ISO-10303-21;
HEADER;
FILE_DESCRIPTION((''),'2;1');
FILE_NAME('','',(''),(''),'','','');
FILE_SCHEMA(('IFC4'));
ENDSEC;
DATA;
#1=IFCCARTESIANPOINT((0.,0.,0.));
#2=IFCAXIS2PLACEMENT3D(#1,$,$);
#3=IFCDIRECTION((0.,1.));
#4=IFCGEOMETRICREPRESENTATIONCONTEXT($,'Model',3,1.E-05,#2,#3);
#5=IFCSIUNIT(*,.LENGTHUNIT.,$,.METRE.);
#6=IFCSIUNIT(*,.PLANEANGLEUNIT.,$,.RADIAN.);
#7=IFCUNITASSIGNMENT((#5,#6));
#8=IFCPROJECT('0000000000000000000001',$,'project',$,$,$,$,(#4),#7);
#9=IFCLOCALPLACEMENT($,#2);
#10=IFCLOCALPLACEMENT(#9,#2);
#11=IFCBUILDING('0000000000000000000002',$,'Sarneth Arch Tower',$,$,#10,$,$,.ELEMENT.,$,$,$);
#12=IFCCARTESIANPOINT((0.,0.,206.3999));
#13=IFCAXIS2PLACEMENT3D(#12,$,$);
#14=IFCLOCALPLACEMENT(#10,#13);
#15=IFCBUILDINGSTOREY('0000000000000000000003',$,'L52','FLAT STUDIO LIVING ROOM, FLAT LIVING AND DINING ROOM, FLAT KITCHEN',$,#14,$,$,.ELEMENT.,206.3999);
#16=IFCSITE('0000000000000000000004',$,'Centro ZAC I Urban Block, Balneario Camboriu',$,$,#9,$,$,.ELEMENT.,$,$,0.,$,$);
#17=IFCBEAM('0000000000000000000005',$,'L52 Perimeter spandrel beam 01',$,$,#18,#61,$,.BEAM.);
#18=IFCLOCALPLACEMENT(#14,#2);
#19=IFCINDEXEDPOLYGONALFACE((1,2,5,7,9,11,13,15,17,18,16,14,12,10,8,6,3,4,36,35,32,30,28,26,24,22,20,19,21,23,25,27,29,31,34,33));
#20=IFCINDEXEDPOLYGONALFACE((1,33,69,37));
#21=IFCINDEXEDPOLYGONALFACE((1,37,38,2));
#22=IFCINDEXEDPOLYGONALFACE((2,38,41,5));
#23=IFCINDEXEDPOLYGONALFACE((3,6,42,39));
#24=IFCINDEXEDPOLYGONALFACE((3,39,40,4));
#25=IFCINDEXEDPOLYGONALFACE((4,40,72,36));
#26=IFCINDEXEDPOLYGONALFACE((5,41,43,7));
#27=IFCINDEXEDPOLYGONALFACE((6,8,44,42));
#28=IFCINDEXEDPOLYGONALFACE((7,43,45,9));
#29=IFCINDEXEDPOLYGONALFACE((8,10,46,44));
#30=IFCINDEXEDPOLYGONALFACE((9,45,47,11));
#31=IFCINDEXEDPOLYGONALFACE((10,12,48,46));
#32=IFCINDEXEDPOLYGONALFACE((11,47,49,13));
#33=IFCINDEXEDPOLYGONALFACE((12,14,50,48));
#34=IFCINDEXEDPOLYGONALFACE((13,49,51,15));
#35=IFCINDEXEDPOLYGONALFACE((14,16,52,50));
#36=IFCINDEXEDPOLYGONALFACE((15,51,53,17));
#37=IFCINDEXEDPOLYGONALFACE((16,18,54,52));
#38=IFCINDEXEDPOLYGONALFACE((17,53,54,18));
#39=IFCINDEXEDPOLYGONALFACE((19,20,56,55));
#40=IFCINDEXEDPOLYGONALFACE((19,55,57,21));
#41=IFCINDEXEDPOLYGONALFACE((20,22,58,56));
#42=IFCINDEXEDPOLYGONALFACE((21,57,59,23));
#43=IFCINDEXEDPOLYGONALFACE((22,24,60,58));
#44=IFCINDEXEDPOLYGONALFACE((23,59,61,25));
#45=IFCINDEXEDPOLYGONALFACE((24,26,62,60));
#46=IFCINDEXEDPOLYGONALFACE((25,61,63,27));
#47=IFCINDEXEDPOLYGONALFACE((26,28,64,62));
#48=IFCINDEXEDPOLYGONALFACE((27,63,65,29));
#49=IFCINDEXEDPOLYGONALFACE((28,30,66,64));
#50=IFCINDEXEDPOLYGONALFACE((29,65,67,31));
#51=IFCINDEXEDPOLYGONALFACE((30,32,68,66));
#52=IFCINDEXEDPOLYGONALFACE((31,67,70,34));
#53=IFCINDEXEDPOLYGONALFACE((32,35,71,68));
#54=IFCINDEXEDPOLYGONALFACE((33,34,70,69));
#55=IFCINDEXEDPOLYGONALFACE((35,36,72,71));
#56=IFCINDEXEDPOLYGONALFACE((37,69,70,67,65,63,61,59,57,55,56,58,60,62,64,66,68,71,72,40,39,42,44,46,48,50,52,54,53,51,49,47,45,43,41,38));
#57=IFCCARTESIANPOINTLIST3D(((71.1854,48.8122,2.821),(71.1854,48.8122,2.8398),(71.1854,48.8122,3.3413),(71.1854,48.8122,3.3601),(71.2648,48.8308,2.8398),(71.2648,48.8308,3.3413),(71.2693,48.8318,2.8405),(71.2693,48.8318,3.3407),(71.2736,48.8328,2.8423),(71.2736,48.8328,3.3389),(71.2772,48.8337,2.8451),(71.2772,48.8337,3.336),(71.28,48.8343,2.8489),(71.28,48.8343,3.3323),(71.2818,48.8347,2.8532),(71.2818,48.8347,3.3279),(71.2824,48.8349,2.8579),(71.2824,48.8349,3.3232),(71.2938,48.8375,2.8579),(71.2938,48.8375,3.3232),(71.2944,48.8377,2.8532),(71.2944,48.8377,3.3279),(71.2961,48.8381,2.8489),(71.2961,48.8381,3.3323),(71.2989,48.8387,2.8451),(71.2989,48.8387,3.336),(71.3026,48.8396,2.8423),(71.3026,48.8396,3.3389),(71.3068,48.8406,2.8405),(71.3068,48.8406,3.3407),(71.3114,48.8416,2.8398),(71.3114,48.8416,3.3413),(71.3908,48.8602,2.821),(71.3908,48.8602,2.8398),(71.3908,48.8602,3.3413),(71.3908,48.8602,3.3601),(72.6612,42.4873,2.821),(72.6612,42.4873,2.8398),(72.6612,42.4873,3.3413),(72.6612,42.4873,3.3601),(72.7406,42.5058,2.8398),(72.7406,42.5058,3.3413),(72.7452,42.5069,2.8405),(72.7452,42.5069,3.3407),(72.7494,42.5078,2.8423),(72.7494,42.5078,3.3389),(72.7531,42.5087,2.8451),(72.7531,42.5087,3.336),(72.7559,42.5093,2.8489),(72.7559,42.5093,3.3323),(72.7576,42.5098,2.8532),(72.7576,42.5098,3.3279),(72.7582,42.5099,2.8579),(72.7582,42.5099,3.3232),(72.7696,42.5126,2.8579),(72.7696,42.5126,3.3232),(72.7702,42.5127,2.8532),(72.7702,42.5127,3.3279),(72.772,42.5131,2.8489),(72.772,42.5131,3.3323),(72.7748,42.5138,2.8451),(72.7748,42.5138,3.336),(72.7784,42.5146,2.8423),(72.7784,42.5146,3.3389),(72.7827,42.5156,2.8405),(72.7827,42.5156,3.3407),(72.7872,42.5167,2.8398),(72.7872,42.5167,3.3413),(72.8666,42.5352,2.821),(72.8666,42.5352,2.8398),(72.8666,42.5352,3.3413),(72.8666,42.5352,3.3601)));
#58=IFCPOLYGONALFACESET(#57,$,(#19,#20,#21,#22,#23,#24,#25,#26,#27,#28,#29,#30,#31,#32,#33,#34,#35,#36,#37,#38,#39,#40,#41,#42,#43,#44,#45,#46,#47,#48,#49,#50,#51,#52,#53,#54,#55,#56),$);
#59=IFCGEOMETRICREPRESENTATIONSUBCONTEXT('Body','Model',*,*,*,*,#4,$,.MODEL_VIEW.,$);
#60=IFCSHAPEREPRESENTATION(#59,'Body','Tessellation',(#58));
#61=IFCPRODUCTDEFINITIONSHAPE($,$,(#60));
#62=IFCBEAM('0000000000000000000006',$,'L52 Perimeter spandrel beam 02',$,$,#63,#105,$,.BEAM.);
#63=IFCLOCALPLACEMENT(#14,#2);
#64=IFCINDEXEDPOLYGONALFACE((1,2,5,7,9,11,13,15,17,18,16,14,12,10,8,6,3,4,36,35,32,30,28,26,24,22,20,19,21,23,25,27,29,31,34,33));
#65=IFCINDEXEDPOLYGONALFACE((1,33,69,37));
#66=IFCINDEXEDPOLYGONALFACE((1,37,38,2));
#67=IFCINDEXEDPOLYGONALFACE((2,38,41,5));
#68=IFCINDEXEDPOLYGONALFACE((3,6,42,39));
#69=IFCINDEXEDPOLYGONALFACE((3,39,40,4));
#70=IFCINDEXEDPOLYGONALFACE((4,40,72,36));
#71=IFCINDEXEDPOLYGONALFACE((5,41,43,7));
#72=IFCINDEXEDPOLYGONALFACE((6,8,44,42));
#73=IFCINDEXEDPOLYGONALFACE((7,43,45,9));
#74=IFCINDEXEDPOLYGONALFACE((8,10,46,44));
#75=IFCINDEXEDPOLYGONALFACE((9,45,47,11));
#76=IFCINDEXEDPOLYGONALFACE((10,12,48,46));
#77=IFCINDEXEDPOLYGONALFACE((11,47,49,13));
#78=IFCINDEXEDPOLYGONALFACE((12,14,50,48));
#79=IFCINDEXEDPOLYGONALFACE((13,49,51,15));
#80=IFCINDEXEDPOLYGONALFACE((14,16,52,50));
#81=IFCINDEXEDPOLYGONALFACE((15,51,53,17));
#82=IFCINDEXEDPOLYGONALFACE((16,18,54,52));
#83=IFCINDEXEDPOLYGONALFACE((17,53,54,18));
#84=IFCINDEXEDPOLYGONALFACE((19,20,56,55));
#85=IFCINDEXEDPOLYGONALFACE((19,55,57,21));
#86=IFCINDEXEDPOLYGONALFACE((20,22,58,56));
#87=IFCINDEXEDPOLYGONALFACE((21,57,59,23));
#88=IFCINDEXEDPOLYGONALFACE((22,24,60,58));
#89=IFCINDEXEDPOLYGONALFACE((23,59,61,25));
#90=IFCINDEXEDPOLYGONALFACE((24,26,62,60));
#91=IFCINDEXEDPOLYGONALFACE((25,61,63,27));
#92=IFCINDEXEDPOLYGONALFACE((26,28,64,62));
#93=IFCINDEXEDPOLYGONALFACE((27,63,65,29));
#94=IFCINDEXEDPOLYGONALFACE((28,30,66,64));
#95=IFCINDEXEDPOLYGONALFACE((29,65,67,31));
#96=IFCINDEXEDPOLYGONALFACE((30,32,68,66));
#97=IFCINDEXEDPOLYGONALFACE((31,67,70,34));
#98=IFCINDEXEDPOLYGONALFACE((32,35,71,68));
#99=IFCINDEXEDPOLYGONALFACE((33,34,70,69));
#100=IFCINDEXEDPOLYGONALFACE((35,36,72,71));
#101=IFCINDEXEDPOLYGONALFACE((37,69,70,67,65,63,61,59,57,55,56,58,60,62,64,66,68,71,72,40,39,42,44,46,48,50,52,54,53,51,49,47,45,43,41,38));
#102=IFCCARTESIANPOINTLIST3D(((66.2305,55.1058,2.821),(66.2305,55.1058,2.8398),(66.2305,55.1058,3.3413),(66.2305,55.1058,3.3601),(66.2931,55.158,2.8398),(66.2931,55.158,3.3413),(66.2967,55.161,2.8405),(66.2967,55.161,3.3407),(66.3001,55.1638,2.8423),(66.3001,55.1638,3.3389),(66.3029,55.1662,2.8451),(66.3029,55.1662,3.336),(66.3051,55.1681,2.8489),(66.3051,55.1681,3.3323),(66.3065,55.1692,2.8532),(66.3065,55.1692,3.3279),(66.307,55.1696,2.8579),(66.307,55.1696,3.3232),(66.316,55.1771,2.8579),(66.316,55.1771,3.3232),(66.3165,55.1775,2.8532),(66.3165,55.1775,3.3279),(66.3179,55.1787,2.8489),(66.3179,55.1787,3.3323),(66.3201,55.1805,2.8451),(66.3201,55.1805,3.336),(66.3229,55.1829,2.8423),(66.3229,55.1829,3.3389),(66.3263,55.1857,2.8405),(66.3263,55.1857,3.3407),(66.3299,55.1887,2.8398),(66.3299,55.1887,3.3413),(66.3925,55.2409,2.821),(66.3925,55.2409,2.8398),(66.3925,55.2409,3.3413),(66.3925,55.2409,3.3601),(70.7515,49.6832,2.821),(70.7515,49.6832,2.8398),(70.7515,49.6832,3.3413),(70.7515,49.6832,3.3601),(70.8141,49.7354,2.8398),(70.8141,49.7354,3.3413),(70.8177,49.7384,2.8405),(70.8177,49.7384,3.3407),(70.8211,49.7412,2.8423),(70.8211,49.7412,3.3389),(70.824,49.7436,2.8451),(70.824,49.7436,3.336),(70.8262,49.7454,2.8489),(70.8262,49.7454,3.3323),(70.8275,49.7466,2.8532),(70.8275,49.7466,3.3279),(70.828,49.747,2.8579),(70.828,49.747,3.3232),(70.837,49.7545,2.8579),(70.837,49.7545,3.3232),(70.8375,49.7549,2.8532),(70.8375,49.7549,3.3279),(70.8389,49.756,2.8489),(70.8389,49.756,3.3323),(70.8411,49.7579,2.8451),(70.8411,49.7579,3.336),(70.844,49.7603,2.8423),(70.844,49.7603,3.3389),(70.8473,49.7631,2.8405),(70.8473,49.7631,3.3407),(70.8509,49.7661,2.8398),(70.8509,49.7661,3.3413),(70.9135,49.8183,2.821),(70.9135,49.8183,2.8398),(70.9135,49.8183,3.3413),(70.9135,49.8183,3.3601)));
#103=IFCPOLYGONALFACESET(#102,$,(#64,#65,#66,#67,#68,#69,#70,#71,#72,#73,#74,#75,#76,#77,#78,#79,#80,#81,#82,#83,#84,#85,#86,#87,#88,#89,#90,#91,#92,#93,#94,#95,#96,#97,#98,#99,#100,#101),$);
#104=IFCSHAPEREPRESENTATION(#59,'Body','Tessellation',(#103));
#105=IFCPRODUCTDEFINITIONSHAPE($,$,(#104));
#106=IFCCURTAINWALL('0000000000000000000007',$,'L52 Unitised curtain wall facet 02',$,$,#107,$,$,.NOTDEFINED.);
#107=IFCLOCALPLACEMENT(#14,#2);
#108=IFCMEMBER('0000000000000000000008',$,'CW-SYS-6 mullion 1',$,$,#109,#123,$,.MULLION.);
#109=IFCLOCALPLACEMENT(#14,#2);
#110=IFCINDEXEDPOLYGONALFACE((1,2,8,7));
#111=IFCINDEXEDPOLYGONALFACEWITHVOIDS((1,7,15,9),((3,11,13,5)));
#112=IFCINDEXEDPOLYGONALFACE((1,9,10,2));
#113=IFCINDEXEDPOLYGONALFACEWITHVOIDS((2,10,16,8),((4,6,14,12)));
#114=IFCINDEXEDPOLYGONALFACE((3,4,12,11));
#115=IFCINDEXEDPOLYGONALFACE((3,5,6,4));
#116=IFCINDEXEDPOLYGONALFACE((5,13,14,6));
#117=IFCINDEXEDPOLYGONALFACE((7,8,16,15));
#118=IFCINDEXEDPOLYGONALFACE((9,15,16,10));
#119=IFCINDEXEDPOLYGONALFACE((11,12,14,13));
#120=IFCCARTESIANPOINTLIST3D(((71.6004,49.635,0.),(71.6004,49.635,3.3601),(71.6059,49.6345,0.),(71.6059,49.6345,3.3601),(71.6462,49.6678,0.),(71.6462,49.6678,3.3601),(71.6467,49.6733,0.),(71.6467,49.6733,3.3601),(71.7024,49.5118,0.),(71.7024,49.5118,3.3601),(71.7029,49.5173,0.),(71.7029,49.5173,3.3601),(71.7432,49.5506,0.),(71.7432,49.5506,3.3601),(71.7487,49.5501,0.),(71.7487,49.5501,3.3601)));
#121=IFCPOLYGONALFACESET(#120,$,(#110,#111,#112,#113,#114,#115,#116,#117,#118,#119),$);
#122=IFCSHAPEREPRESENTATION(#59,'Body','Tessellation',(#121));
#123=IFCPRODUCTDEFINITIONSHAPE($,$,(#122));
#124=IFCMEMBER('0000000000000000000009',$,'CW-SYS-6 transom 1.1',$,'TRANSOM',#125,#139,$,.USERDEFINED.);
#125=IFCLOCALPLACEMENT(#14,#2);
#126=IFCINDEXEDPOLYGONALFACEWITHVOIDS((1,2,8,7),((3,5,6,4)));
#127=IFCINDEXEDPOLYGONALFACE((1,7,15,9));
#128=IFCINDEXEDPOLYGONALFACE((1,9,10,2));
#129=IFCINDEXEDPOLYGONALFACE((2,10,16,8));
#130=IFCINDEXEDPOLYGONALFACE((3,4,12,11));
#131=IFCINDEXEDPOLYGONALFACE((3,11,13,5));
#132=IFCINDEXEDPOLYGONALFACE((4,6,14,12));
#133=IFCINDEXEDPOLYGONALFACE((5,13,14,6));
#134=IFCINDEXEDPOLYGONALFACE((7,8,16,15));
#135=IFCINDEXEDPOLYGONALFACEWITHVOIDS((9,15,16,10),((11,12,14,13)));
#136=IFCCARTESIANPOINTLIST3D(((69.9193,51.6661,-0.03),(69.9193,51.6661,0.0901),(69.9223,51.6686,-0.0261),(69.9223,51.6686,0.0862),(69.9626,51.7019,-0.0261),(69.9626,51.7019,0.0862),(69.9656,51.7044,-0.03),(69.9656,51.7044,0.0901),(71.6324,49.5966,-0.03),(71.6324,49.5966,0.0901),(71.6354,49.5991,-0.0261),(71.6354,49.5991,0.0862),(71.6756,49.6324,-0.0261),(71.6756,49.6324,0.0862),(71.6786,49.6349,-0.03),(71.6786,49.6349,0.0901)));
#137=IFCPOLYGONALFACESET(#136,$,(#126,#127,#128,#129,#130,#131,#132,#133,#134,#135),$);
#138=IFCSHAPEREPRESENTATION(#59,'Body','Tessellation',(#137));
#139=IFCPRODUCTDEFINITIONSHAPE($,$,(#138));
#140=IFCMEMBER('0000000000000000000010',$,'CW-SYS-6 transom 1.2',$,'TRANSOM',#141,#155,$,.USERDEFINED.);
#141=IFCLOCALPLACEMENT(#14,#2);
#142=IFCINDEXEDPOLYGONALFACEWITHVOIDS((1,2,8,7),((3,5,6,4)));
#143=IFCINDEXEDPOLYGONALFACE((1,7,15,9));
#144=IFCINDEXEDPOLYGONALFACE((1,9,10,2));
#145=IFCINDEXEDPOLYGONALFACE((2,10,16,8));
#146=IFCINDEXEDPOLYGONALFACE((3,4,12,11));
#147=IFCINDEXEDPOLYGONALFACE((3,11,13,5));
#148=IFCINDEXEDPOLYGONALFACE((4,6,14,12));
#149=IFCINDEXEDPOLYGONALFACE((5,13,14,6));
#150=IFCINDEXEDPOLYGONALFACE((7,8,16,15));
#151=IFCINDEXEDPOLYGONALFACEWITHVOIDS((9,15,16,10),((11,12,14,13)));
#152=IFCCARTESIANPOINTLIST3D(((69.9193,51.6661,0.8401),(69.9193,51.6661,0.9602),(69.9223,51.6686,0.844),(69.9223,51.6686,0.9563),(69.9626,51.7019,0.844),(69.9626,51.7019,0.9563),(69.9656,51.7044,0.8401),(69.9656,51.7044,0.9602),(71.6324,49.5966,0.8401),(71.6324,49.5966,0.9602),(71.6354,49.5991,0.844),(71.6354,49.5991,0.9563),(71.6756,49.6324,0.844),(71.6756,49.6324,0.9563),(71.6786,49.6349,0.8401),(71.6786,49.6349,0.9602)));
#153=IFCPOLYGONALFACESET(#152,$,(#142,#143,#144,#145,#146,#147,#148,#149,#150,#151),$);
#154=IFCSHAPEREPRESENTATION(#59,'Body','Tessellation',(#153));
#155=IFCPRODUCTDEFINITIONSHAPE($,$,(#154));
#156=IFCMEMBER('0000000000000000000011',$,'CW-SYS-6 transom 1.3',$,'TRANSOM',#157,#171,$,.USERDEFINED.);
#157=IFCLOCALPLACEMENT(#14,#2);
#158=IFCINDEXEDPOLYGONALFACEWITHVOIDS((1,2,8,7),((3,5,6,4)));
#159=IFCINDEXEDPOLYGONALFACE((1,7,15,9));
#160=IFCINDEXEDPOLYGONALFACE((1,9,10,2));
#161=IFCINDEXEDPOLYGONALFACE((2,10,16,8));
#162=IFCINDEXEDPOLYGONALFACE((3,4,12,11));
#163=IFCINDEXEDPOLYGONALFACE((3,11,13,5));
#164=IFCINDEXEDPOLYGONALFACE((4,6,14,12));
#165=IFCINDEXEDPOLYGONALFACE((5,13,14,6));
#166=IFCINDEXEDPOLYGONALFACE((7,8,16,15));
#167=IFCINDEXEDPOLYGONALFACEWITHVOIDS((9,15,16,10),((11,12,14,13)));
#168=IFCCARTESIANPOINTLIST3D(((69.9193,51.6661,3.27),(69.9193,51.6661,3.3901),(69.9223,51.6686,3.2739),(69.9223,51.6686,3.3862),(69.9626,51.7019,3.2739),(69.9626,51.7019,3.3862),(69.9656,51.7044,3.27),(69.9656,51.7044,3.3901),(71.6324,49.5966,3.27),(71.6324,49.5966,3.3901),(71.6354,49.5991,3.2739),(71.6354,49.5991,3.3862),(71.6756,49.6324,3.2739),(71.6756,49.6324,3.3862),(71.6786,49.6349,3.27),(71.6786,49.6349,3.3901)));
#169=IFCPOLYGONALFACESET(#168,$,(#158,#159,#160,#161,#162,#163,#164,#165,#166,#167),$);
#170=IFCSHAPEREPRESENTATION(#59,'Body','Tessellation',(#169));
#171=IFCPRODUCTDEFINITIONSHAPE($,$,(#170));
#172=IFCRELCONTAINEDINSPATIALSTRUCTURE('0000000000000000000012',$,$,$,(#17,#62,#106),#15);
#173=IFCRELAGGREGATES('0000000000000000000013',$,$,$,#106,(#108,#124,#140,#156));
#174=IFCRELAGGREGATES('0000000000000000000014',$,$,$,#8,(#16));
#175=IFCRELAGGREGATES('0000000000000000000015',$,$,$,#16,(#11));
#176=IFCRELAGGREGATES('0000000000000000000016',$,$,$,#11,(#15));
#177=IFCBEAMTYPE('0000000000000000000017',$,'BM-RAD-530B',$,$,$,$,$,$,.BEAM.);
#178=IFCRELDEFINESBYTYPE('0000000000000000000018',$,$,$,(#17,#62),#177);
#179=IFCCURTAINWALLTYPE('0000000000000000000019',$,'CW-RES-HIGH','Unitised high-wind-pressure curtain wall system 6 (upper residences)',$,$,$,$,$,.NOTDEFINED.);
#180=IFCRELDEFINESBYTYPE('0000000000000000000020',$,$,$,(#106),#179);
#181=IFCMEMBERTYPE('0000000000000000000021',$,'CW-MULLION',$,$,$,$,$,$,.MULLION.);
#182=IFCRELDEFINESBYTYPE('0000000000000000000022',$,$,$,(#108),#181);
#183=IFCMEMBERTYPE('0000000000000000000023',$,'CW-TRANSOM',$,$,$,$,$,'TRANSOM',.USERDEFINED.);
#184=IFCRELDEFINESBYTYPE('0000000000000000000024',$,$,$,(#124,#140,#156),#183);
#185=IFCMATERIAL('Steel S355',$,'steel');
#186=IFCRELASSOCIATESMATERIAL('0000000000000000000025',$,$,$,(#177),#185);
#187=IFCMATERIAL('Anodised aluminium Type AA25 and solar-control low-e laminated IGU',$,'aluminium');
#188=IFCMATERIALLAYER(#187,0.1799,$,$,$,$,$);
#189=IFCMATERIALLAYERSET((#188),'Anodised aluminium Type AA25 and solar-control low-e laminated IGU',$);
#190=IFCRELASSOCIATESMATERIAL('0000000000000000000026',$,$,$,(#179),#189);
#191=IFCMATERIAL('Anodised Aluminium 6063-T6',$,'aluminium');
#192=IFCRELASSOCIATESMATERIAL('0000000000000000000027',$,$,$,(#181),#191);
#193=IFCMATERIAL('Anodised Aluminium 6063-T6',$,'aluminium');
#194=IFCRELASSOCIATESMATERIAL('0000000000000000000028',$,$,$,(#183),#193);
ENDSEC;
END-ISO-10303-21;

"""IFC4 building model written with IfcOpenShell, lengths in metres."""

from ifc_helpers import new_model, si_unit, direction, frame, origin, origin_2d, place, context, subcontext, project, spatial, hollow_rectangle, i_section, extrude, material, layer, layer_set, material_profile, profile_set, type_object, element, aggregate, save


model = new_model("IFC4")

# Units and contexts
model_context = context("Model", 3, precision=1e-05, world=origin(), true_north=direction((0.0, 1.0)))
body_context = subcontext(model_context, "Body", "Model", "MODEL_VIEW")
ifc_project = project(units=[si_unit("LENGTHUNIT", "METRE"), si_unit("PLANEANGLEUNIT", "RADIAN")], contexts=[model_context])

# Site, building, storey
site_placement = place(None, origin())
site = spatial("IfcSite", under=ifc_project, at=site_placement, Name="Centro ZAC I Urban Block, Balneario Camboriu", CompositionType="ELEMENT", RefElevation=0.0)
building_placement = place(site_placement, origin())
building = spatial("IfcBuilding", under=site, at=building_placement, Name="Sarneth Arch Tower", CompositionType="ELEMENT")
storey_placement = place(building_placement, frame((0.0, 0.0, 206.3999)))
storey = spatial("IfcBuildingStorey", under=building, at=storey_placement, Name="L52", Description="FLAT STUDIO LIVING ROOM, FLAT LIVING AND DINING ROOM, FLAT KITCHEN", CompositionType="ELEMENT", Elevation=206.3999)

# Beams
ifc_material_1 = material(Name="Steel S355", Category="steel")
ifc_material_profile_1 = material_profile(ifc_material_1, i_section(OverallWidth=0.2109, OverallDepth=0.5391, WebThickness=0.0117, FlangeThickness=0.0188, FilletRadius=0.0181, at=origin_2d()), Name="W530x109")
ifc_profile_set_1 = profile_set([ifc_material_profile_1], Name="Steel S355")
beam_type = type_object("IfcBeamType", Name="BM-RAD-530B", PredefinedType="BEAM", material=ifc_profile_set_1)
beam_1_placement = place(storey_placement, frame((72.7639, 42.5112, 3.0906), z_axis=(-0.227231, 0.973841, 0.0), x_axis=(-0.973841, -0.227231, 0.0)))
element("IfcBeam", 1, at=beam_1_placement, inside=storey, type_object=beam_type, Name="L52 Perimeter spandrel beam 01", PredefinedType="BEAM", context=body_context, shape_type="SweptSolid", body=[
    extrude(i_section(OverallWidth=0.2109, OverallDepth=0.5391, WebThickness=0.0117, FlangeThickness=0.0188, FilletRadius=0.0181, at=origin_2d()), origin(), (0.0, 0.0, 1.0), 6.4949),
])
beam_2_placement = place(storey_placement, frame((70.8325, 49.7507, 3.0906), z_axis=(-0.640365, 0.768071, 0.0), x_axis=(-0.768071, -0.640365, 0.0)))
element("IfcBeam", 2, at=beam_2_placement, inside=storey, type_object=beam_type, Name="L52 Perimeter spandrel beam 02", PredefinedType="BEAM", context=body_context, shape_type="SweptSolid", body=[
    extrude(i_section(OverallWidth=0.2109, OverallDepth=0.5391, WebThickness=0.0117, FlangeThickness=0.0188, FilletRadius=0.0181, at=origin_2d()), origin(), (0.0, 0.0, 1.0), 7.0601),
])

# Curtain wall, members
ifc_material_2 = material(Name="Anodised aluminium Type AA25 and solar-control low-e laminated IGU", Category="aluminium")
ifc_layer_1 = layer(ifc_material_2, 0.1799)
ifc_layer_set_1 = layer_set([ifc_layer_1], Name="Anodised aluminium Type AA25 and solar-control low-e laminated IGU")
curtain_wall_type = type_object("IfcCurtainWallType", Name="CW-RES-HIGH", Description="Unitised high-wind-pressure curtain wall system 6 (upper residences)", PredefinedType="NOTDEFINED", material=ifc_layer_set_1)
curtain_wall_placement = place(storey_placement, origin())
curtain_wall = element("IfcCurtainWall", 3, at=curtain_wall_placement, inside=storey, type_object=curtain_wall_type, Name="L52 Unitised curtain wall facet 02", PredefinedType="NOTDEFINED")
ifc_material_3 = material(Name="Anodised Aluminium 6063-T6", Category="aluminium")
ifc_material_profile_2 = material_profile(ifc_material_3, hollow_rectangle(XDim=0.0601, YDim=0.1599, WallThickness=0.0039, at=origin_2d()), Name="AL-MULL-160x60x4")
ifc_profile_set_2 = profile_set([ifc_material_profile_2], Name="Anodised Aluminium 6063-T6")
member_type_1 = type_object("IfcMemberType", Name="CW-MULLION", PredefinedType="MULLION", material=ifc_profile_set_2)
member_1_placement = place(storey_placement, frame((71.6746, 49.5925, 0.0), z_axis=(0.0, 0.0, 1.0), x_axis=(-0.770359, -0.63761, 0.0)))
member_1 = element("IfcMember", 4, at=member_1_placement, type_object=member_type_1, Name="CW-SYS-6 mullion 1", PredefinedType="MULLION", context=body_context, shape_type="SweptSolid", body=[
    extrude(hollow_rectangle(XDim=0.0601, YDim=0.1599, WallThickness=0.0039, at=origin_2d()), origin(), (0.0, 0.0, 1.0), 3.3601),
])
ifc_material_4 = material(Name="Anodised Aluminium 6063-T6", Category="aluminium")
ifc_material_profile_3 = material_profile(ifc_material_4, hollow_rectangle(XDim=0.0601, YDim=0.1201, WallThickness=0.0039, at=origin_2d()), Name="AL-TRAN-120x60x4")
ifc_profile_set_3 = profile_set([ifc_material_profile_3], Name="Anodised Aluminium 6063-T6")
member_type_2 = type_object("IfcMemberType", Name="CW-TRANSOM", ElementType="TRANSOM", PredefinedType="USERDEFINED", material=ifc_profile_set_3)
member_2_placement = place(storey_placement, frame((71.6555, 49.6157, 0.03), z_axis=(-0.637651, 0.770325, 0.0), x_axis=(-0.770325, -0.637651, 0.0)))
member_2 = element("IfcMember", 5, at=member_2_placement, type_object=member_type_2, Name="CW-SYS-6 transom 1.1", ObjectType="TRANSOM", PredefinedType="USERDEFINED", context=body_context, shape_type="SweptSolid", body=[
    extrude(hollow_rectangle(XDim=0.0601, YDim=0.1201, WallThickness=0.0039, at=origin_2d()), origin(), (0.0, 0.0, 1.0), 2.6865),
])
member_3_placement = place(storey_placement, frame((71.6555, 49.6157, 0.9001), z_axis=(-0.637651, 0.770325, 0.0), x_axis=(-0.770325, -0.637651, 0.0)))
member_3 = element("IfcMember", 6, at=member_3_placement, type_object=member_type_2, Name="CW-SYS-6 transom 1.2", ObjectType="TRANSOM", PredefinedType="USERDEFINED", context=body_context, shape_type="SweptSolid", body=[
    extrude(hollow_rectangle(XDim=0.0601, YDim=0.1201, WallThickness=0.0039, at=origin_2d()), origin(), (0.0, 0.0, 1.0), 2.6865),
])
member_4_placement = place(storey_placement, frame((71.6555, 49.6157, 3.3301), z_axis=(-0.637651, 0.770325, 0.0), x_axis=(-0.770325, -0.637651, 0.0)))
member_4 = element("IfcMember", 7, at=member_4_placement, type_object=member_type_2, Name="CW-SYS-6 transom 1.3", ObjectType="TRANSOM", PredefinedType="USERDEFINED", context=body_context, shape_type="SweptSolid", body=[
    extrude(hollow_rectangle(XDim=0.0601, YDim=0.1201, WallThickness=0.0039, at=origin_2d()), origin(), (0.0, 0.0, 1.0), 2.6865),
])
aggregate(curtain_wall, [member_1, member_2, member_3, member_4])

save(model, "model.ifc")
